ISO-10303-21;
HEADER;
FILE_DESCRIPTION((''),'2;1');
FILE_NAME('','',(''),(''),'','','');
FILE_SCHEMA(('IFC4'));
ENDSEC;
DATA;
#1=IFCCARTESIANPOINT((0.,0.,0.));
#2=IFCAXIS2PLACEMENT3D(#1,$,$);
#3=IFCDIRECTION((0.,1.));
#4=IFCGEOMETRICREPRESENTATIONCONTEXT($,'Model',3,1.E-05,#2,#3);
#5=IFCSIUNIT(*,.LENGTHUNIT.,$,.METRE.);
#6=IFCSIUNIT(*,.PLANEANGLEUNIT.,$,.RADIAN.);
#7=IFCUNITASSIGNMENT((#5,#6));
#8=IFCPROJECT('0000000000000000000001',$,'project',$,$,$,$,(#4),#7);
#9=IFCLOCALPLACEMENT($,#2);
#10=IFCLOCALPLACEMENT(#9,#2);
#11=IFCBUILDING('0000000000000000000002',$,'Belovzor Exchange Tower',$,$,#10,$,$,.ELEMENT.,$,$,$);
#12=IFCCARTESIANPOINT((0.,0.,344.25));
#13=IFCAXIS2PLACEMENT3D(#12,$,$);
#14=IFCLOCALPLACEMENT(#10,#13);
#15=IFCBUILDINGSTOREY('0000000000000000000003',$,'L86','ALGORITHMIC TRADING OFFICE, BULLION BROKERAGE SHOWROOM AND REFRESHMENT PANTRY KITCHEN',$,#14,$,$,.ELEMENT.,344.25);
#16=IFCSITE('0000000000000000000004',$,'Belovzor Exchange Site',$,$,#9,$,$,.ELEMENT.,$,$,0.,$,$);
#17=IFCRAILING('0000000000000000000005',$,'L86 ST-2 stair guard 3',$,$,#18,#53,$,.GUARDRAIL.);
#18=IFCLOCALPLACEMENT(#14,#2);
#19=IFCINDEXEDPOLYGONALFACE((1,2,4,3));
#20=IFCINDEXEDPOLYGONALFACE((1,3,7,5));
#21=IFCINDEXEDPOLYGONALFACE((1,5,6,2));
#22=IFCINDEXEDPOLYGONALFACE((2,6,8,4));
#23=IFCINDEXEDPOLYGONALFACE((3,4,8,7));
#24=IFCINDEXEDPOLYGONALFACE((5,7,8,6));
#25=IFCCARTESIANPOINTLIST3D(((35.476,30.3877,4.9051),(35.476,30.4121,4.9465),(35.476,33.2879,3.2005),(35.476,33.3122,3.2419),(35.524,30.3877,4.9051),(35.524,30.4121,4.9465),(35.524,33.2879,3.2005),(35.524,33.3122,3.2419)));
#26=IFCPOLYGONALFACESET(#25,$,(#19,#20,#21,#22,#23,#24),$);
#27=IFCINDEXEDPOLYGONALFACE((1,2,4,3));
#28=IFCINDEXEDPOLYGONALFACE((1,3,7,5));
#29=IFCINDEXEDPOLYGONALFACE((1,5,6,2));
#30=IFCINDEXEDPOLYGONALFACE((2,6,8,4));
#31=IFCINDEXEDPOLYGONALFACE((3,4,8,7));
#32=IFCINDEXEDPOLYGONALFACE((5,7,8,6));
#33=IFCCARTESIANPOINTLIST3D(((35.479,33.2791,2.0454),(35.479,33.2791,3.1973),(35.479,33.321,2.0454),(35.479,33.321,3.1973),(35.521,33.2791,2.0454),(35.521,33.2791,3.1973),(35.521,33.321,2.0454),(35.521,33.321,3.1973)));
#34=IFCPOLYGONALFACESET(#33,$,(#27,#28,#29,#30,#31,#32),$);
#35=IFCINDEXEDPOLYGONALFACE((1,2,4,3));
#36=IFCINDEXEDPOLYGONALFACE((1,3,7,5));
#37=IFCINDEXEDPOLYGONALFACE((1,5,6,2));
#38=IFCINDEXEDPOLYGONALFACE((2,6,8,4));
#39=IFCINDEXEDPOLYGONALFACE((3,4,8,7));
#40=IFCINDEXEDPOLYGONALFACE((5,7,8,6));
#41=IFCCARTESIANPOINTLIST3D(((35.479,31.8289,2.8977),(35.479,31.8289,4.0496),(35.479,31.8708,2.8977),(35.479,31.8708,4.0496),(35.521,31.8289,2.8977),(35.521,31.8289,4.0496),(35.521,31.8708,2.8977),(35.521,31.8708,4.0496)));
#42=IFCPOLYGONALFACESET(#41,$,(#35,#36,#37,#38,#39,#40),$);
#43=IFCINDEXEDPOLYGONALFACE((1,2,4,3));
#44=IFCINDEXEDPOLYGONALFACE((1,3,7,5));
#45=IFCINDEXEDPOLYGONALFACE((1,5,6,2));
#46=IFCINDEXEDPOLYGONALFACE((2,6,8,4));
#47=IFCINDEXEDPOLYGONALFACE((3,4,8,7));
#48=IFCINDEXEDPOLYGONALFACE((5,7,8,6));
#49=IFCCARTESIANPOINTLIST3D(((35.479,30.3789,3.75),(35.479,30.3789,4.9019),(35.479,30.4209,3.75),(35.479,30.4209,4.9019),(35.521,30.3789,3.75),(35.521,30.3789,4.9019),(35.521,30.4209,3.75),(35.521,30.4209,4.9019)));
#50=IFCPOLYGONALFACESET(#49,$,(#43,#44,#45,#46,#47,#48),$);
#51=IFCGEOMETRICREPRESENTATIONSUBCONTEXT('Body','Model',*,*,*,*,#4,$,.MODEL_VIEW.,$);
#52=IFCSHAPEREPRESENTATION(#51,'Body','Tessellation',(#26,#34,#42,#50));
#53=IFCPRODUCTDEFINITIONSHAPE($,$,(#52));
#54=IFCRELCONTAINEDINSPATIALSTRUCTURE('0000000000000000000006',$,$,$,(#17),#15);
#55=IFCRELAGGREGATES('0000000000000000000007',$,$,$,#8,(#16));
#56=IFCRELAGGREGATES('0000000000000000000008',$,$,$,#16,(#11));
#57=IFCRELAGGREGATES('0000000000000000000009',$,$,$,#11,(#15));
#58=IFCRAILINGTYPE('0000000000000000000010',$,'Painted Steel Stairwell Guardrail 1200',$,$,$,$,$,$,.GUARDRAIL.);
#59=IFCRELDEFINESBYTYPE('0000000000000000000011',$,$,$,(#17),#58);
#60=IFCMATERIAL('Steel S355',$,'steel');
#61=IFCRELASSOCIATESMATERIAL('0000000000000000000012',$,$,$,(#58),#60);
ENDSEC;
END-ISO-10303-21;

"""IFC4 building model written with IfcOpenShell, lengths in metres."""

from ifc_helpers import new_model, si_unit, direction, frame, origin, origin_2d, place, context, subcontext, project, spatial, rectangle, extrude, material, type_object, element, save


model = new_model("IFC4")

# Units and contexts
model_context = context("Model", 3, precision=1e-05, world=origin(), true_north=direction((0.0, 1.0)))
body_context = subcontext(model_context, "Body", "Model", "MODEL_VIEW")
ifc_project = project(units=[si_unit("LENGTHUNIT", "METRE"), si_unit("PLANEANGLEUNIT", "RADIAN")], contexts=[model_context])

# Site, building, storey
site_placement = place(None, origin())
site = spatial("IfcSite", under=ifc_project, at=site_placement, Name="Belovzor Exchange Site", CompositionType="ELEMENT", RefElevation=0.0)
building_placement = place(site_placement, origin())
building = spatial("IfcBuilding", under=site, at=building_placement, Name="Belovzor Exchange Tower", CompositionType="ELEMENT")
storey_placement = place(building_placement, frame((0.0, 0.0, 344.25)))
storey = spatial("IfcBuildingStorey", under=building, at=storey_placement, Name="L86", Description="ALGORITHMIC TRADING OFFICE, BULLION BROKERAGE SHOWROOM AND REFRESHMENT PANTRY KITCHEN", CompositionType="ELEMENT", Elevation=344.25)

# Railing
ifc_material_1 = material(Name="Steel S355", Category="steel")
railing_type_1 = type_object("IfcRailingType", Name="Painted Steel Stairwell Guardrail 1200", PredefinedType="GUARDRAIL", material=ifc_material_1)
railing_1_placement = place(storey_placement, frame((35.5, 33.3, 2.0454)))
element("IfcRailing", 1, at=railing_1_placement, inside=storey, type_object=railing_type_1, Name="L86 ST-2 stair guard 3", PredefinedType="GUARDRAIL", context=body_context, shape_type="SweptSolid", body=[
    extrude(rectangle(XDim=0.0481, YDim=0.0481, at=origin_2d()), frame((0.0, 0.0, 1.1758), z_axis=(0.0, -0.862113, 0.506716), x_axis=(1.0, 0.0, 0.0)), (0.0, 0.0, 1.0), 3.364),
    extrude(rectangle(XDim=0.042, YDim=0.042, at=origin_2d()), origin(), (0.0, 0.0, 1.0), 1.1519),
    extrude(rectangle(XDim=0.042, YDim=0.042, at=origin_2d()), frame((0.0, -1.4502, 0.8523)), (0.0, 0.0, 1.0), 1.1519),
    extrude(rectangle(XDim=0.042, YDim=0.042, at=origin_2d()), frame((0.0, -2.9001, 1.7046)), (0.0, 0.0, 1.0), 1.1519),
])

save(model, "model.ifc")
